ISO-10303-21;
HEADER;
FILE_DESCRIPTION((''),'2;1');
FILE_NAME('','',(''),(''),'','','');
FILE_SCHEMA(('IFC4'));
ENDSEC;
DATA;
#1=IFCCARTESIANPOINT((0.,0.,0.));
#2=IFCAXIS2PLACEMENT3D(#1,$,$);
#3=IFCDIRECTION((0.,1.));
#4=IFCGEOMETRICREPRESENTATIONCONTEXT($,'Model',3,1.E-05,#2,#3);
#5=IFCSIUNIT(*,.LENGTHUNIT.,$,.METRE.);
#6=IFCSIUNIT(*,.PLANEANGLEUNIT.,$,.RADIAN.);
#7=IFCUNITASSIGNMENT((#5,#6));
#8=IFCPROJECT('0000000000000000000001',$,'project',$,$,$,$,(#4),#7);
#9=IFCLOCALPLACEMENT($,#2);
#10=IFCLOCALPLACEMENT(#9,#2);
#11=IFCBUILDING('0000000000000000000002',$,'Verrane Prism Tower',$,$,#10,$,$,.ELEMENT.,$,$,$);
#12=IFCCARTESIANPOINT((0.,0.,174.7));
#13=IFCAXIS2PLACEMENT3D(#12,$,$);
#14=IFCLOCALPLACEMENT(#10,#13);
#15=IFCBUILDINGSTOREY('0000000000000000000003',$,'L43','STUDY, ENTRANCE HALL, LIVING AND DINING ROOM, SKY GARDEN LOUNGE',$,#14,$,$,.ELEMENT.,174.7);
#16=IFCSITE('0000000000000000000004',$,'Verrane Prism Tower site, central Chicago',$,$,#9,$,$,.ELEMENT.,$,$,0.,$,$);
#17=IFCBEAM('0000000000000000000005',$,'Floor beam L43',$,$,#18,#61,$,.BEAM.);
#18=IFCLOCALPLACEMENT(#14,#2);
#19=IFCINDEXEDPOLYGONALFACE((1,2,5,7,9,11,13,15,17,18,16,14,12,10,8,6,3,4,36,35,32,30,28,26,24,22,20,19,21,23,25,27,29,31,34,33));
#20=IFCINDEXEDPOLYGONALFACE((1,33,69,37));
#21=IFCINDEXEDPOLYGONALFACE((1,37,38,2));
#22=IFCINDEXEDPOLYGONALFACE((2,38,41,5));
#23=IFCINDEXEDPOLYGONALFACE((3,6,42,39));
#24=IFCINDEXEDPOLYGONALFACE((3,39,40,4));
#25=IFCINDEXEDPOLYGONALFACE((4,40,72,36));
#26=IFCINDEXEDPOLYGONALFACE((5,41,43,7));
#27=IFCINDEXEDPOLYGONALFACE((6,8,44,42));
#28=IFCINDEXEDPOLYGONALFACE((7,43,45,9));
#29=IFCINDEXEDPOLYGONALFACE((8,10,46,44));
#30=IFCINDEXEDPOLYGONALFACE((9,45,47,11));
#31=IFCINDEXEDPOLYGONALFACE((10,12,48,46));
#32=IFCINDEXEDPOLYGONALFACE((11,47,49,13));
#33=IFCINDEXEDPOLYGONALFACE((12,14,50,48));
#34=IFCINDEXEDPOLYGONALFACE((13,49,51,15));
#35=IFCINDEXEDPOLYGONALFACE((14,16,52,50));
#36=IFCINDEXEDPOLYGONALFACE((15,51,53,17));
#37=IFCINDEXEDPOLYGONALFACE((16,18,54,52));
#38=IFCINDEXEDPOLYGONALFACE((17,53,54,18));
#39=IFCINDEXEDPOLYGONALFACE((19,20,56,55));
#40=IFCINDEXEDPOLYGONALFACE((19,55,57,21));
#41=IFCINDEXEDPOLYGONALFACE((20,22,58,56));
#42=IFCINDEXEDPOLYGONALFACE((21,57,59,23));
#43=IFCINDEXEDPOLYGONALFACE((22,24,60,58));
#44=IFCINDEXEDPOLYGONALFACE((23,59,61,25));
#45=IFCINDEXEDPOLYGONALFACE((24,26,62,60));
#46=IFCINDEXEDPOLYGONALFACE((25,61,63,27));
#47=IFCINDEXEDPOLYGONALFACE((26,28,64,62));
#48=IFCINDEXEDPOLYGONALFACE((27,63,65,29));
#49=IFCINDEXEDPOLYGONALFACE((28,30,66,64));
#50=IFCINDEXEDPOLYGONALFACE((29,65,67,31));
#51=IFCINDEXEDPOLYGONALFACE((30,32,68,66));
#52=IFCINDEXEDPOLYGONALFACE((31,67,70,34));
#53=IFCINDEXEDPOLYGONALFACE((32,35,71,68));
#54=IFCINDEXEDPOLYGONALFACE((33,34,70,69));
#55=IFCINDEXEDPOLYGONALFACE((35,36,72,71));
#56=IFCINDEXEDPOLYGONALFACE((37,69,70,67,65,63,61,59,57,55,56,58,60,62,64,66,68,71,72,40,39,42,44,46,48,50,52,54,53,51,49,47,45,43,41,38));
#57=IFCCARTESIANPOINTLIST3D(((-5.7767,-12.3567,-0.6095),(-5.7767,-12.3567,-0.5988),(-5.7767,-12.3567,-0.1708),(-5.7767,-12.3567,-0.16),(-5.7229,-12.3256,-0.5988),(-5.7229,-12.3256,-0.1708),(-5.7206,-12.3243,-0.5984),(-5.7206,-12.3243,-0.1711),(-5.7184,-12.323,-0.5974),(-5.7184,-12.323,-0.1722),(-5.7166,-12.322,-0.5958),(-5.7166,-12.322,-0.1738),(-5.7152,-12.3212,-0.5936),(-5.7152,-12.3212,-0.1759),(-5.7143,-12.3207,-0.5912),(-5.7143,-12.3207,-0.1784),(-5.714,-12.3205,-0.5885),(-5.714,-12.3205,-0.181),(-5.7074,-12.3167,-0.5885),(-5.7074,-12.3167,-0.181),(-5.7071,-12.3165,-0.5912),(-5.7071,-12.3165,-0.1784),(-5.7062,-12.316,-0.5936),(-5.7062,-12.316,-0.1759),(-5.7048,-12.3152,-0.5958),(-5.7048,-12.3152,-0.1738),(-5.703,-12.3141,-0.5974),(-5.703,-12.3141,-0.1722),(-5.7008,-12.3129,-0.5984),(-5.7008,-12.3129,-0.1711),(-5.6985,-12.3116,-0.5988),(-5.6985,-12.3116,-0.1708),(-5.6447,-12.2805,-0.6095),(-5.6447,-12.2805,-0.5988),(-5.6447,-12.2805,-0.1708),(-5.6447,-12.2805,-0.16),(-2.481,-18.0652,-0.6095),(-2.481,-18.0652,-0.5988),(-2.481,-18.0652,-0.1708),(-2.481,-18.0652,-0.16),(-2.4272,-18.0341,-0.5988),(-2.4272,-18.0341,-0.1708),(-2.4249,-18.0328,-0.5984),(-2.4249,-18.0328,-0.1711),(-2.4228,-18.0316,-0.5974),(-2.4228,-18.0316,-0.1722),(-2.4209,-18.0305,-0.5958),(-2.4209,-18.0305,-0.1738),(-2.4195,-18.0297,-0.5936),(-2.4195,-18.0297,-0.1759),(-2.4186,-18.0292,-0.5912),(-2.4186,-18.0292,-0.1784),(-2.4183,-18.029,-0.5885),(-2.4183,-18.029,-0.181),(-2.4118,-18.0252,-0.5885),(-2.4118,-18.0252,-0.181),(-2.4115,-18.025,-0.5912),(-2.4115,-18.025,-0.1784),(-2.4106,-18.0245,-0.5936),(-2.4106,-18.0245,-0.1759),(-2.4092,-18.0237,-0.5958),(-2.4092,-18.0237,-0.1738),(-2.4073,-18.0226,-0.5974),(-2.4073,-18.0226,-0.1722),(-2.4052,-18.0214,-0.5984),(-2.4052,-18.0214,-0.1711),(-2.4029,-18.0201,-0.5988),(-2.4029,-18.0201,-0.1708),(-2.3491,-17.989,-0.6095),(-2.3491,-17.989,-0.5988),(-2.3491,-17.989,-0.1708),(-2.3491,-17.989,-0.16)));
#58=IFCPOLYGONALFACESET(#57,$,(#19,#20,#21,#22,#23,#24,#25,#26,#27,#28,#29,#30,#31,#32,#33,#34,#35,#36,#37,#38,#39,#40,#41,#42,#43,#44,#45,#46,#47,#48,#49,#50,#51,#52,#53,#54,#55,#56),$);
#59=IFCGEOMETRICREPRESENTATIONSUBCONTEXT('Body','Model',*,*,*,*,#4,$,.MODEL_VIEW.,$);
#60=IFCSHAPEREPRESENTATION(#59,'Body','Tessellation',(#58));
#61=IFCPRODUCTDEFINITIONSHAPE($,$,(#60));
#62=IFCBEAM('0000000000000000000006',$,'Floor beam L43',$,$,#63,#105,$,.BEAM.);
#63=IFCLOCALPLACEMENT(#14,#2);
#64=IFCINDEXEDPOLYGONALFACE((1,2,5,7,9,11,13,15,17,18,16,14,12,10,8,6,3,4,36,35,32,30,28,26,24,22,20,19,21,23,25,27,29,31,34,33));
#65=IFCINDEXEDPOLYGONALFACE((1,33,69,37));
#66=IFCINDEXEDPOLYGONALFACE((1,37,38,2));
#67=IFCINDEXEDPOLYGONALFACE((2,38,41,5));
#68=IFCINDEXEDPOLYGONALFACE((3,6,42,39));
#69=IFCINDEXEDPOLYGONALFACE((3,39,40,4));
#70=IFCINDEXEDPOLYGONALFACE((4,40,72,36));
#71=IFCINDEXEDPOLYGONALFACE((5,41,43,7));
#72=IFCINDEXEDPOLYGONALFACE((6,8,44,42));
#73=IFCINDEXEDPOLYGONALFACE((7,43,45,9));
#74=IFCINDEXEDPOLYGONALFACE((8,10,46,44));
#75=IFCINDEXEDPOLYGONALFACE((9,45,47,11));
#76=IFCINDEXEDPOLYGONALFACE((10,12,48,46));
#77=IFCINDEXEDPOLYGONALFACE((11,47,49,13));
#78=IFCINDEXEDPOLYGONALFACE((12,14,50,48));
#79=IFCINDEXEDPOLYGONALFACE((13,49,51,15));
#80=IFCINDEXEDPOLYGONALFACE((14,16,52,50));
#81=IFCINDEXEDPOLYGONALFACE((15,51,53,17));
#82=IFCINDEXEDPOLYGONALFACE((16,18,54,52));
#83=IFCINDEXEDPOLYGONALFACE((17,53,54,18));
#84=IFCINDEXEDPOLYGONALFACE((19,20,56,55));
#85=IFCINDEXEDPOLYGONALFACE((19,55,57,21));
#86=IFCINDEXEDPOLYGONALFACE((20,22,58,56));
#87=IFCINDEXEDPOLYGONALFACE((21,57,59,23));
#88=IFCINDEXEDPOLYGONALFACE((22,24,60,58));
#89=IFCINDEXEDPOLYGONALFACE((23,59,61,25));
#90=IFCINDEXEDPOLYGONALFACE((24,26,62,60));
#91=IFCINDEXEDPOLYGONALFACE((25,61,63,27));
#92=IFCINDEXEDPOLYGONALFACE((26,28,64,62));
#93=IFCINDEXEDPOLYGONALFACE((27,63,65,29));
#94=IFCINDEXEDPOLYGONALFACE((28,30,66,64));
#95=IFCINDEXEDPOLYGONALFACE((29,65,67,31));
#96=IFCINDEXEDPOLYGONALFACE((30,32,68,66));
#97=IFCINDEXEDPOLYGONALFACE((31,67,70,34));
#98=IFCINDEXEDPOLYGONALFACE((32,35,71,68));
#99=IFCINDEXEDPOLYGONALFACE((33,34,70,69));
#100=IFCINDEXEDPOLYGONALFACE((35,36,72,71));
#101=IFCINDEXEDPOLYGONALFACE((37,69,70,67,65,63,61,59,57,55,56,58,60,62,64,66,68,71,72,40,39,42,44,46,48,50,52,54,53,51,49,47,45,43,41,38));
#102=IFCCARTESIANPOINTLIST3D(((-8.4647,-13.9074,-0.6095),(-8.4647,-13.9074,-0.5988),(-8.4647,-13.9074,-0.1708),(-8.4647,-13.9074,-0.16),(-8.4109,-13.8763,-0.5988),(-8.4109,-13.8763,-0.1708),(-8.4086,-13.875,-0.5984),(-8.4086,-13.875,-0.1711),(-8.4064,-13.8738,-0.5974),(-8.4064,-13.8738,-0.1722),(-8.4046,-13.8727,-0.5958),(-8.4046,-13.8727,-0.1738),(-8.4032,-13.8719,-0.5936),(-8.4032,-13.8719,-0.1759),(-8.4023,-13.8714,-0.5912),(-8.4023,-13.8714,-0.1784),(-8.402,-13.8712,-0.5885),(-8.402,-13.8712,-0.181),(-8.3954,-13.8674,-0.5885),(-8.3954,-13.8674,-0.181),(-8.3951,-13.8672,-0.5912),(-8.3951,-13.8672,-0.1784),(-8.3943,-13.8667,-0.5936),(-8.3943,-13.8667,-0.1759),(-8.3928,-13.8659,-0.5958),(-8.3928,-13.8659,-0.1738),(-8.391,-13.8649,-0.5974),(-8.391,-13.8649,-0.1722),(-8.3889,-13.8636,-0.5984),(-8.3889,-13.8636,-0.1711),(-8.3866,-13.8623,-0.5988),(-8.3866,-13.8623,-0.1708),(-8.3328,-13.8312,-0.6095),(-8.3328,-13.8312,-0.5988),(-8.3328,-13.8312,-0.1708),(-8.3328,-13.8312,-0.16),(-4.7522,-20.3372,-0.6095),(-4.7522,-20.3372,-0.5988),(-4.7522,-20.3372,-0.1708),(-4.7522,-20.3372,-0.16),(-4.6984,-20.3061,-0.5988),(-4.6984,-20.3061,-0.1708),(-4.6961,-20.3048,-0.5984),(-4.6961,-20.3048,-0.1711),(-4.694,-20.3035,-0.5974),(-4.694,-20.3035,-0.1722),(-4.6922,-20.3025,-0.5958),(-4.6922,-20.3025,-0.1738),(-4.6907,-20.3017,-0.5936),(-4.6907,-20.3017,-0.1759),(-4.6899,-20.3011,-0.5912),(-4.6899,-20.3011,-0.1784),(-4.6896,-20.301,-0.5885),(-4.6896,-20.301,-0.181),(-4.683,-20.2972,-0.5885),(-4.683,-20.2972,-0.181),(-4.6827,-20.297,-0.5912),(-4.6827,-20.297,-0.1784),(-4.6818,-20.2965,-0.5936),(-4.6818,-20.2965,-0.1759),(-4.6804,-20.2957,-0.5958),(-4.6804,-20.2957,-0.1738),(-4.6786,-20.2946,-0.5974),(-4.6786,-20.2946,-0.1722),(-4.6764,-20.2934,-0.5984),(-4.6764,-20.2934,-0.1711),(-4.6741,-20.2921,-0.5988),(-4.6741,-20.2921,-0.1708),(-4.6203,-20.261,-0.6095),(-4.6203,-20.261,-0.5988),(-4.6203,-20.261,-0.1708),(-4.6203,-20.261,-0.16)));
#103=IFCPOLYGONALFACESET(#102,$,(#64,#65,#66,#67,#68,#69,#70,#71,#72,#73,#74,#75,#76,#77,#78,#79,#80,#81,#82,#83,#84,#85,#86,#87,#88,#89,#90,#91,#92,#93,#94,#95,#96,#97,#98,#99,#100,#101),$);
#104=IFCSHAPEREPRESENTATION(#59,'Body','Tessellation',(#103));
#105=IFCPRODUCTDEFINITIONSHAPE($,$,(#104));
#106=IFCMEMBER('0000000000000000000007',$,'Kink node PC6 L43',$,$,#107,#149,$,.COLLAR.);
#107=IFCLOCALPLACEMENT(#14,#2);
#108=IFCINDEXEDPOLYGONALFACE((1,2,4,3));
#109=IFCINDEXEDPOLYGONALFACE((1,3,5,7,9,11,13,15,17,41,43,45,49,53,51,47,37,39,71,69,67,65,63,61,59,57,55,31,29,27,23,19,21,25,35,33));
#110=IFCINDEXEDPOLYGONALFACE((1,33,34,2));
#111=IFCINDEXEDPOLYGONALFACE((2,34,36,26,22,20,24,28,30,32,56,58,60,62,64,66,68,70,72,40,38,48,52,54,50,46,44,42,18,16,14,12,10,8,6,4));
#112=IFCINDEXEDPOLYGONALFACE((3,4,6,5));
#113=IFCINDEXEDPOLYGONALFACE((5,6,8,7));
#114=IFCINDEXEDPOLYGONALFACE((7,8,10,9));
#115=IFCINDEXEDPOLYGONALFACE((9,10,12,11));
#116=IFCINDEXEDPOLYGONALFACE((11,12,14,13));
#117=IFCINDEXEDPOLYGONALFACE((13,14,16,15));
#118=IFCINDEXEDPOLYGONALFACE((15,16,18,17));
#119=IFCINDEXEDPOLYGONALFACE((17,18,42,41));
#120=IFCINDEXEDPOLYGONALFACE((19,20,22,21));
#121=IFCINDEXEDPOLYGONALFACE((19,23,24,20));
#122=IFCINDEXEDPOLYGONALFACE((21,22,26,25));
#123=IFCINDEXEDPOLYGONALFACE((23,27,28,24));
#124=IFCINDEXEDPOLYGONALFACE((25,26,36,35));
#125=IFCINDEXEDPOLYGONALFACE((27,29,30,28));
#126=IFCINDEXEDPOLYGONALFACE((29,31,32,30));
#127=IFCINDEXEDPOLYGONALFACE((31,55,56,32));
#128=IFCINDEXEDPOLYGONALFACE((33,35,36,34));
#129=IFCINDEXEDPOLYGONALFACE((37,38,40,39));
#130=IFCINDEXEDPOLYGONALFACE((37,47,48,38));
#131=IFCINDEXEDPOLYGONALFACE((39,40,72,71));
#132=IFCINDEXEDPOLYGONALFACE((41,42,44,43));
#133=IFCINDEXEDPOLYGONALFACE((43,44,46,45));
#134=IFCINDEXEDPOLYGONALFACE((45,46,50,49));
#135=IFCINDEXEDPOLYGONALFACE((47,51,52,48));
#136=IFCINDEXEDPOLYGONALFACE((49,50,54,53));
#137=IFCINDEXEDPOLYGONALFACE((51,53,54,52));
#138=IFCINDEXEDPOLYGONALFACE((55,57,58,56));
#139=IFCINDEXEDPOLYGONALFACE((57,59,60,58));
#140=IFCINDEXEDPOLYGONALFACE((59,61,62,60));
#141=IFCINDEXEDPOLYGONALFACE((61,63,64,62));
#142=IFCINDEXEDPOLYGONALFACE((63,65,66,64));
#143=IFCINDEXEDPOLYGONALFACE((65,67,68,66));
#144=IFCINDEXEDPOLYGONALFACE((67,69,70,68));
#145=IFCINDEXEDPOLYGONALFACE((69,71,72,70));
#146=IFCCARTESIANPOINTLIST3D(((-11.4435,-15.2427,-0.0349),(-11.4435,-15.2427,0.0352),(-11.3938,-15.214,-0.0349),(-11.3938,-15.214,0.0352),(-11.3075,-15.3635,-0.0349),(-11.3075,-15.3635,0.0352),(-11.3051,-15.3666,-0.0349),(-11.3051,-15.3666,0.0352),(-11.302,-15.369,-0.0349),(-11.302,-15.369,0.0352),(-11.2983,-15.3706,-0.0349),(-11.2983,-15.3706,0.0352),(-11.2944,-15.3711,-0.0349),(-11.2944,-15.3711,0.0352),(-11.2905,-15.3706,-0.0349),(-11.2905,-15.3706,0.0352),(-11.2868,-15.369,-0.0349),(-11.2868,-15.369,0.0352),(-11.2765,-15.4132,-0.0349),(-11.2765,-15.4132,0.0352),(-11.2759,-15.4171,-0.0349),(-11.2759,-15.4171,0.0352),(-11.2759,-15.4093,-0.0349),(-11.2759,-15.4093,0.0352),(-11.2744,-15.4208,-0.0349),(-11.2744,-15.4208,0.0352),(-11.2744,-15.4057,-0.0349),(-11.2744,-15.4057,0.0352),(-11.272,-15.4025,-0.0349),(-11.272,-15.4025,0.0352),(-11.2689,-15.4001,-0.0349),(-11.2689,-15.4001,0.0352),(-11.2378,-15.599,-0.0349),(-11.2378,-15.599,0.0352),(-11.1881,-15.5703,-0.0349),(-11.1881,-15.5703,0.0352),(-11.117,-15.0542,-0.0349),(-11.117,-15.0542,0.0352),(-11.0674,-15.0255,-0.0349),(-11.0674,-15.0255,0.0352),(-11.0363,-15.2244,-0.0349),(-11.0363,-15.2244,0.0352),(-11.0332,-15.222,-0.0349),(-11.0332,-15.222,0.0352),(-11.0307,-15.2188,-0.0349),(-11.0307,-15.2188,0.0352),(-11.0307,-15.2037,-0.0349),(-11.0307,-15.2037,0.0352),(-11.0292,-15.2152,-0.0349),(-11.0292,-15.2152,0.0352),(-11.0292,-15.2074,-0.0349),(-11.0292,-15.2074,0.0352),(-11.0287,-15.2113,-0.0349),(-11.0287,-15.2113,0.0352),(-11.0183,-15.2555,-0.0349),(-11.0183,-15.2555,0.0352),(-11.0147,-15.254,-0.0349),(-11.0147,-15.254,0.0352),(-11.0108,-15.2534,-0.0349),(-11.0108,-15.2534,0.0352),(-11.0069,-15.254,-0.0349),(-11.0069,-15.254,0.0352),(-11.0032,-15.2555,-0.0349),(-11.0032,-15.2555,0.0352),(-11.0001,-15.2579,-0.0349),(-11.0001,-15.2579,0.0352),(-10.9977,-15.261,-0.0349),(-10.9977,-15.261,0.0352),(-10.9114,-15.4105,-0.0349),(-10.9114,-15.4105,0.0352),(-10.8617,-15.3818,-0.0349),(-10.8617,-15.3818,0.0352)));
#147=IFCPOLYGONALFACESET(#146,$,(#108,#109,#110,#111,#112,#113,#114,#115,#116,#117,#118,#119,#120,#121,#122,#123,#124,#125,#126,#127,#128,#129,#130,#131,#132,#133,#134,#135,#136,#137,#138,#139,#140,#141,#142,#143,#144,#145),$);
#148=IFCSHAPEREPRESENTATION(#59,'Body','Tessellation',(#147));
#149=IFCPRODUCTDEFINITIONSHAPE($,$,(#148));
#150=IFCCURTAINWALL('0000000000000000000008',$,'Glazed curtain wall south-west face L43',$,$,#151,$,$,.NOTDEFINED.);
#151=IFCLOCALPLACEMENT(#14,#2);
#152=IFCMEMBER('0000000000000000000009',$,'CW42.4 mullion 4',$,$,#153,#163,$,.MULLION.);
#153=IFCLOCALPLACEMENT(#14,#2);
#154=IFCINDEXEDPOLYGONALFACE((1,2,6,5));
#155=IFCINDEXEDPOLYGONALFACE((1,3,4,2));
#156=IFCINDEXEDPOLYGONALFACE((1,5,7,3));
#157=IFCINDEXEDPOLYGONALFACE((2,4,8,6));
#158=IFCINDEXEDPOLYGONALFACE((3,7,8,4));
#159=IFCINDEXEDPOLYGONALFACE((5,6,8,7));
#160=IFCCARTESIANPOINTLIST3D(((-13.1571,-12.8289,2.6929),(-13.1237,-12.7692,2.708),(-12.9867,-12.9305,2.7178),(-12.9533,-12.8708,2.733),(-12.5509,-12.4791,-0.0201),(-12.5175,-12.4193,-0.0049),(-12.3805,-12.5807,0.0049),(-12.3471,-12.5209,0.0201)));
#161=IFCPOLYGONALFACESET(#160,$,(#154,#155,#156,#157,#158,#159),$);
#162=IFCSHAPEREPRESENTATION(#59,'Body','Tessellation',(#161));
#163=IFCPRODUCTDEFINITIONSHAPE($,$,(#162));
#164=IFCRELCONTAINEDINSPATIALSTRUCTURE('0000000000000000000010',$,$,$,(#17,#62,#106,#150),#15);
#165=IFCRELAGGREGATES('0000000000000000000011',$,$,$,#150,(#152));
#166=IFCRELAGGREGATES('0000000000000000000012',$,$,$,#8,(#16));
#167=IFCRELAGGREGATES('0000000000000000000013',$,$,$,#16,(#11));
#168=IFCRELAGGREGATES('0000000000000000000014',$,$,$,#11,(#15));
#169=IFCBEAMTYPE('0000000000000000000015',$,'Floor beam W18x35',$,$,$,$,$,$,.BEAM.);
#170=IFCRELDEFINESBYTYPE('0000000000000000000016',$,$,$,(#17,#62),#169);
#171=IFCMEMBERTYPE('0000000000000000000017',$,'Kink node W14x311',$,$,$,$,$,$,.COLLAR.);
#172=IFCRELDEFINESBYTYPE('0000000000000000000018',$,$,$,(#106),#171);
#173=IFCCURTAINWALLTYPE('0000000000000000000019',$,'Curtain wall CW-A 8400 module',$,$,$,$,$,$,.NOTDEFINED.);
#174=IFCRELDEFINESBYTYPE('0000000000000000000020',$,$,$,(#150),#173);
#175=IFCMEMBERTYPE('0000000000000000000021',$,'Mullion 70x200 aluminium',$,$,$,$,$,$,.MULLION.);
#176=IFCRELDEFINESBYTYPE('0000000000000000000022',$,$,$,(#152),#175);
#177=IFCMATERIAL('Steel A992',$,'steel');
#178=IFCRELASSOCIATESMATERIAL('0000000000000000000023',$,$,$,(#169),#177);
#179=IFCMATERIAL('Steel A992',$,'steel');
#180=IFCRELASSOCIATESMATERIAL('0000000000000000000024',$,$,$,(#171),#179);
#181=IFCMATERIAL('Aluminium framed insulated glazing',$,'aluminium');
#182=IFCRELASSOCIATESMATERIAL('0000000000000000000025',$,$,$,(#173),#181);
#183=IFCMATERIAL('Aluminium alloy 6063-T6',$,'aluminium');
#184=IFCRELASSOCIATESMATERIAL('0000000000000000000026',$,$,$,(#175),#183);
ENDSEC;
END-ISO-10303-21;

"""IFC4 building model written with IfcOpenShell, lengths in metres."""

from ifc_helpers import new_model, si_unit, direction, frame, origin, origin_2d, place, context, subcontext, project, spatial, rectangle, i_section, extrude, material, material_profile, profile_set, type_object, element, aggregate, save


model = new_model("IFC4")

# Units and contexts
model_context = context("Model", 3, precision=1e-05, world=origin(), true_north=direction((0.0, 1.0)))
body_context = subcontext(model_context, "Body", "Model", "MODEL_VIEW")
ifc_project = project(units=[si_unit("LENGTHUNIT", "METRE"), si_unit("PLANEANGLEUNIT", "RADIAN")], contexts=[model_context])

# Site, building, storey
site_placement = place(None, origin())
site = spatial("IfcSite", under=ifc_project, at=site_placement, Name="Verrane Prism Tower site, central Chicago", CompositionType="ELEMENT", RefElevation=0.0)
building_placement = place(site_placement, origin())
building = spatial("IfcBuilding", under=site, at=building_placement, Name="Verrane Prism Tower", CompositionType="ELEMENT")
storey_placement = place(building_placement, frame((0.0, 0.0, 174.7)))
storey = spatial("IfcBuildingStorey", under=building, at=storey_placement, Name="L43", Description="STUDY, ENTRANCE HALL, LIVING AND DINING ROOM, SKY GARDEN LOUNGE", CompositionType="ELEMENT", Elevation=174.7)

# Beams
ifc_material_1 = material(Name="Steel A992", Category="steel")
ifc_material_profile_1 = material_profile(ifc_material_1, i_section(OverallWidth=0.1523, OverallDepth=0.4495, WebThickness=0.0076, FlangeThickness=0.0107, FilletRadius=0.0103, at=origin_2d()), Name="W18x35")
ifc_profile_set_1 = profile_set([ifc_material_profile_1], Name="Steel A992")
beam_type_1 = type_object("IfcBeamType", Name="Floor beam W18x35", PredefinedType="BEAM", material=ifc_profile_set_1)
beam_1_placement = place(storey_placement, frame((-2.415, -18.0271, -0.3848), z_axis=(-0.499983, 0.866035, 0.0), x_axis=(-0.866035, -0.499983, 0.0)))
element("IfcBeam", 1, at=beam_1_placement, inside=storey, type_object=beam_type_1, Name="Floor beam L43", PredefinedType="BEAM", context=body_context, shape_type="SweptSolid", body=[
    extrude(i_section(OverallWidth=0.1523, OverallDepth=0.4495, WebThickness=0.0076, FlangeThickness=0.0107, FilletRadius=0.0103, at=origin_2d()), origin(), (0.0, 0.0, 1.0), 6.5916),
])
beam_2_placement = place(storey_placement, frame((-4.6863, -20.2991, -0.3848), z_axis=(-0.500022, 0.866013, 0.0), x_axis=(-0.866013, -0.500022, 0.0)))
element("IfcBeam", 2, at=beam_2_placement, inside=storey, type_object=beam_type_1, Name="Floor beam L43", PredefinedType="BEAM", context=body_context, shape_type="SweptSolid", body=[
    extrude(i_section(OverallWidth=0.1523, OverallDepth=0.4495, WebThickness=0.0076, FlangeThickness=0.0107, FilletRadius=0.0103, at=origin_2d()), origin(), (0.0, 0.0, 1.0), 7.4246),
])

# Member
ifc_material_2 = material(Name="Steel A992", Category="steel")
ifc_material_profile_2 = material_profile(ifc_material_2, i_section(OverallWidth=0.4114, OverallDepth=0.4343, WebThickness=0.0359, FlangeThickness=0.0574, FilletRadius=0.0151, at=origin_2d()), Name="W14x311")
ifc_profile_set_2 = profile_set([ifc_material_profile_2], Name="Steel A992")
member_type_1 = type_object("IfcMemberType", Name="Kink node W14x311", PredefinedType="COLLAR", material=ifc_profile_set_2)
member_1_placement = place(storey_placement, frame((-11.1526, -15.3123, -0.0349), z_axis=(0.0, 0.0, 1.0), x_axis=(-0.5, 0.866025, 0.0)))
element("IfcMember", 3, at=member_1_placement, inside=storey, type_object=member_type_1, Name="Kink node PC6 L43", PredefinedType="COLLAR", context=body_context, shape_type="SweptSolid", body=[
    extrude(i_section(OverallWidth=0.4114, OverallDepth=0.4343, WebThickness=0.0359, FlangeThickness=0.0574, FilletRadius=0.0151, at=origin_2d()), origin(), (0.0, 0.0, 1.0), 0.0701),
])

# Curtain wall, member
ifc_material_3 = material(Name="Aluminium framed insulated glazing", Category="aluminium")
curtain_wall_type = type_object("IfcCurtainWallType", Name="Curtain wall CW-A 8400 module", PredefinedType="NOTDEFINED", material=ifc_material_3)
curtain_wall_placement = place(storey_placement, origin())
curtain_wall = element("IfcCurtainWall", 4, at=curtain_wall_placement, inside=storey, type_object=curtain_wall_type, Name="Glazed curtain wall south-west face L43", PredefinedType="NOTDEFINED")
ifc_material_4 = material(Name="Aluminium alloy 6063-T6", Category="aluminium")
ifc_material_profile_3 = material_profile(ifc_material_4, rectangle(XDim=0.2, YDim=0.0701, at=origin_2d()), Name="Mullion 70x200 aluminium")
ifc_profile_set_3 = profile_set([ifc_material_profile_3], Name="Aluminium alloy 6063-T6")
member_type_2 = type_object("IfcMemberType", Name="Mullion 70x200 aluminium", PredefinedType="MULLION", material=ifc_profile_set_3)
member_2_placement = place(storey_placement, frame((-12.449, -12.5, 0.0), z_axis=(-0.216367, -0.124871, 0.968294), x_axis=(0.85221, -0.508072, 0.124907)))
member_2 = element("IfcMember", 5, at=member_2_placement, type_object=member_type_2, Name="CW42.4 mullion 4", PredefinedType="MULLION", context=body_context, shape_type="SweptSolid", body=[
    extrude(rectangle(XDim=0.2, YDim=0.0701, at=origin_2d()), origin(), (0.0, 0.0, 1.0), 2.8018),
])

aggregate(curtain_wall, [member_2])

save(model, "model.ifc")
